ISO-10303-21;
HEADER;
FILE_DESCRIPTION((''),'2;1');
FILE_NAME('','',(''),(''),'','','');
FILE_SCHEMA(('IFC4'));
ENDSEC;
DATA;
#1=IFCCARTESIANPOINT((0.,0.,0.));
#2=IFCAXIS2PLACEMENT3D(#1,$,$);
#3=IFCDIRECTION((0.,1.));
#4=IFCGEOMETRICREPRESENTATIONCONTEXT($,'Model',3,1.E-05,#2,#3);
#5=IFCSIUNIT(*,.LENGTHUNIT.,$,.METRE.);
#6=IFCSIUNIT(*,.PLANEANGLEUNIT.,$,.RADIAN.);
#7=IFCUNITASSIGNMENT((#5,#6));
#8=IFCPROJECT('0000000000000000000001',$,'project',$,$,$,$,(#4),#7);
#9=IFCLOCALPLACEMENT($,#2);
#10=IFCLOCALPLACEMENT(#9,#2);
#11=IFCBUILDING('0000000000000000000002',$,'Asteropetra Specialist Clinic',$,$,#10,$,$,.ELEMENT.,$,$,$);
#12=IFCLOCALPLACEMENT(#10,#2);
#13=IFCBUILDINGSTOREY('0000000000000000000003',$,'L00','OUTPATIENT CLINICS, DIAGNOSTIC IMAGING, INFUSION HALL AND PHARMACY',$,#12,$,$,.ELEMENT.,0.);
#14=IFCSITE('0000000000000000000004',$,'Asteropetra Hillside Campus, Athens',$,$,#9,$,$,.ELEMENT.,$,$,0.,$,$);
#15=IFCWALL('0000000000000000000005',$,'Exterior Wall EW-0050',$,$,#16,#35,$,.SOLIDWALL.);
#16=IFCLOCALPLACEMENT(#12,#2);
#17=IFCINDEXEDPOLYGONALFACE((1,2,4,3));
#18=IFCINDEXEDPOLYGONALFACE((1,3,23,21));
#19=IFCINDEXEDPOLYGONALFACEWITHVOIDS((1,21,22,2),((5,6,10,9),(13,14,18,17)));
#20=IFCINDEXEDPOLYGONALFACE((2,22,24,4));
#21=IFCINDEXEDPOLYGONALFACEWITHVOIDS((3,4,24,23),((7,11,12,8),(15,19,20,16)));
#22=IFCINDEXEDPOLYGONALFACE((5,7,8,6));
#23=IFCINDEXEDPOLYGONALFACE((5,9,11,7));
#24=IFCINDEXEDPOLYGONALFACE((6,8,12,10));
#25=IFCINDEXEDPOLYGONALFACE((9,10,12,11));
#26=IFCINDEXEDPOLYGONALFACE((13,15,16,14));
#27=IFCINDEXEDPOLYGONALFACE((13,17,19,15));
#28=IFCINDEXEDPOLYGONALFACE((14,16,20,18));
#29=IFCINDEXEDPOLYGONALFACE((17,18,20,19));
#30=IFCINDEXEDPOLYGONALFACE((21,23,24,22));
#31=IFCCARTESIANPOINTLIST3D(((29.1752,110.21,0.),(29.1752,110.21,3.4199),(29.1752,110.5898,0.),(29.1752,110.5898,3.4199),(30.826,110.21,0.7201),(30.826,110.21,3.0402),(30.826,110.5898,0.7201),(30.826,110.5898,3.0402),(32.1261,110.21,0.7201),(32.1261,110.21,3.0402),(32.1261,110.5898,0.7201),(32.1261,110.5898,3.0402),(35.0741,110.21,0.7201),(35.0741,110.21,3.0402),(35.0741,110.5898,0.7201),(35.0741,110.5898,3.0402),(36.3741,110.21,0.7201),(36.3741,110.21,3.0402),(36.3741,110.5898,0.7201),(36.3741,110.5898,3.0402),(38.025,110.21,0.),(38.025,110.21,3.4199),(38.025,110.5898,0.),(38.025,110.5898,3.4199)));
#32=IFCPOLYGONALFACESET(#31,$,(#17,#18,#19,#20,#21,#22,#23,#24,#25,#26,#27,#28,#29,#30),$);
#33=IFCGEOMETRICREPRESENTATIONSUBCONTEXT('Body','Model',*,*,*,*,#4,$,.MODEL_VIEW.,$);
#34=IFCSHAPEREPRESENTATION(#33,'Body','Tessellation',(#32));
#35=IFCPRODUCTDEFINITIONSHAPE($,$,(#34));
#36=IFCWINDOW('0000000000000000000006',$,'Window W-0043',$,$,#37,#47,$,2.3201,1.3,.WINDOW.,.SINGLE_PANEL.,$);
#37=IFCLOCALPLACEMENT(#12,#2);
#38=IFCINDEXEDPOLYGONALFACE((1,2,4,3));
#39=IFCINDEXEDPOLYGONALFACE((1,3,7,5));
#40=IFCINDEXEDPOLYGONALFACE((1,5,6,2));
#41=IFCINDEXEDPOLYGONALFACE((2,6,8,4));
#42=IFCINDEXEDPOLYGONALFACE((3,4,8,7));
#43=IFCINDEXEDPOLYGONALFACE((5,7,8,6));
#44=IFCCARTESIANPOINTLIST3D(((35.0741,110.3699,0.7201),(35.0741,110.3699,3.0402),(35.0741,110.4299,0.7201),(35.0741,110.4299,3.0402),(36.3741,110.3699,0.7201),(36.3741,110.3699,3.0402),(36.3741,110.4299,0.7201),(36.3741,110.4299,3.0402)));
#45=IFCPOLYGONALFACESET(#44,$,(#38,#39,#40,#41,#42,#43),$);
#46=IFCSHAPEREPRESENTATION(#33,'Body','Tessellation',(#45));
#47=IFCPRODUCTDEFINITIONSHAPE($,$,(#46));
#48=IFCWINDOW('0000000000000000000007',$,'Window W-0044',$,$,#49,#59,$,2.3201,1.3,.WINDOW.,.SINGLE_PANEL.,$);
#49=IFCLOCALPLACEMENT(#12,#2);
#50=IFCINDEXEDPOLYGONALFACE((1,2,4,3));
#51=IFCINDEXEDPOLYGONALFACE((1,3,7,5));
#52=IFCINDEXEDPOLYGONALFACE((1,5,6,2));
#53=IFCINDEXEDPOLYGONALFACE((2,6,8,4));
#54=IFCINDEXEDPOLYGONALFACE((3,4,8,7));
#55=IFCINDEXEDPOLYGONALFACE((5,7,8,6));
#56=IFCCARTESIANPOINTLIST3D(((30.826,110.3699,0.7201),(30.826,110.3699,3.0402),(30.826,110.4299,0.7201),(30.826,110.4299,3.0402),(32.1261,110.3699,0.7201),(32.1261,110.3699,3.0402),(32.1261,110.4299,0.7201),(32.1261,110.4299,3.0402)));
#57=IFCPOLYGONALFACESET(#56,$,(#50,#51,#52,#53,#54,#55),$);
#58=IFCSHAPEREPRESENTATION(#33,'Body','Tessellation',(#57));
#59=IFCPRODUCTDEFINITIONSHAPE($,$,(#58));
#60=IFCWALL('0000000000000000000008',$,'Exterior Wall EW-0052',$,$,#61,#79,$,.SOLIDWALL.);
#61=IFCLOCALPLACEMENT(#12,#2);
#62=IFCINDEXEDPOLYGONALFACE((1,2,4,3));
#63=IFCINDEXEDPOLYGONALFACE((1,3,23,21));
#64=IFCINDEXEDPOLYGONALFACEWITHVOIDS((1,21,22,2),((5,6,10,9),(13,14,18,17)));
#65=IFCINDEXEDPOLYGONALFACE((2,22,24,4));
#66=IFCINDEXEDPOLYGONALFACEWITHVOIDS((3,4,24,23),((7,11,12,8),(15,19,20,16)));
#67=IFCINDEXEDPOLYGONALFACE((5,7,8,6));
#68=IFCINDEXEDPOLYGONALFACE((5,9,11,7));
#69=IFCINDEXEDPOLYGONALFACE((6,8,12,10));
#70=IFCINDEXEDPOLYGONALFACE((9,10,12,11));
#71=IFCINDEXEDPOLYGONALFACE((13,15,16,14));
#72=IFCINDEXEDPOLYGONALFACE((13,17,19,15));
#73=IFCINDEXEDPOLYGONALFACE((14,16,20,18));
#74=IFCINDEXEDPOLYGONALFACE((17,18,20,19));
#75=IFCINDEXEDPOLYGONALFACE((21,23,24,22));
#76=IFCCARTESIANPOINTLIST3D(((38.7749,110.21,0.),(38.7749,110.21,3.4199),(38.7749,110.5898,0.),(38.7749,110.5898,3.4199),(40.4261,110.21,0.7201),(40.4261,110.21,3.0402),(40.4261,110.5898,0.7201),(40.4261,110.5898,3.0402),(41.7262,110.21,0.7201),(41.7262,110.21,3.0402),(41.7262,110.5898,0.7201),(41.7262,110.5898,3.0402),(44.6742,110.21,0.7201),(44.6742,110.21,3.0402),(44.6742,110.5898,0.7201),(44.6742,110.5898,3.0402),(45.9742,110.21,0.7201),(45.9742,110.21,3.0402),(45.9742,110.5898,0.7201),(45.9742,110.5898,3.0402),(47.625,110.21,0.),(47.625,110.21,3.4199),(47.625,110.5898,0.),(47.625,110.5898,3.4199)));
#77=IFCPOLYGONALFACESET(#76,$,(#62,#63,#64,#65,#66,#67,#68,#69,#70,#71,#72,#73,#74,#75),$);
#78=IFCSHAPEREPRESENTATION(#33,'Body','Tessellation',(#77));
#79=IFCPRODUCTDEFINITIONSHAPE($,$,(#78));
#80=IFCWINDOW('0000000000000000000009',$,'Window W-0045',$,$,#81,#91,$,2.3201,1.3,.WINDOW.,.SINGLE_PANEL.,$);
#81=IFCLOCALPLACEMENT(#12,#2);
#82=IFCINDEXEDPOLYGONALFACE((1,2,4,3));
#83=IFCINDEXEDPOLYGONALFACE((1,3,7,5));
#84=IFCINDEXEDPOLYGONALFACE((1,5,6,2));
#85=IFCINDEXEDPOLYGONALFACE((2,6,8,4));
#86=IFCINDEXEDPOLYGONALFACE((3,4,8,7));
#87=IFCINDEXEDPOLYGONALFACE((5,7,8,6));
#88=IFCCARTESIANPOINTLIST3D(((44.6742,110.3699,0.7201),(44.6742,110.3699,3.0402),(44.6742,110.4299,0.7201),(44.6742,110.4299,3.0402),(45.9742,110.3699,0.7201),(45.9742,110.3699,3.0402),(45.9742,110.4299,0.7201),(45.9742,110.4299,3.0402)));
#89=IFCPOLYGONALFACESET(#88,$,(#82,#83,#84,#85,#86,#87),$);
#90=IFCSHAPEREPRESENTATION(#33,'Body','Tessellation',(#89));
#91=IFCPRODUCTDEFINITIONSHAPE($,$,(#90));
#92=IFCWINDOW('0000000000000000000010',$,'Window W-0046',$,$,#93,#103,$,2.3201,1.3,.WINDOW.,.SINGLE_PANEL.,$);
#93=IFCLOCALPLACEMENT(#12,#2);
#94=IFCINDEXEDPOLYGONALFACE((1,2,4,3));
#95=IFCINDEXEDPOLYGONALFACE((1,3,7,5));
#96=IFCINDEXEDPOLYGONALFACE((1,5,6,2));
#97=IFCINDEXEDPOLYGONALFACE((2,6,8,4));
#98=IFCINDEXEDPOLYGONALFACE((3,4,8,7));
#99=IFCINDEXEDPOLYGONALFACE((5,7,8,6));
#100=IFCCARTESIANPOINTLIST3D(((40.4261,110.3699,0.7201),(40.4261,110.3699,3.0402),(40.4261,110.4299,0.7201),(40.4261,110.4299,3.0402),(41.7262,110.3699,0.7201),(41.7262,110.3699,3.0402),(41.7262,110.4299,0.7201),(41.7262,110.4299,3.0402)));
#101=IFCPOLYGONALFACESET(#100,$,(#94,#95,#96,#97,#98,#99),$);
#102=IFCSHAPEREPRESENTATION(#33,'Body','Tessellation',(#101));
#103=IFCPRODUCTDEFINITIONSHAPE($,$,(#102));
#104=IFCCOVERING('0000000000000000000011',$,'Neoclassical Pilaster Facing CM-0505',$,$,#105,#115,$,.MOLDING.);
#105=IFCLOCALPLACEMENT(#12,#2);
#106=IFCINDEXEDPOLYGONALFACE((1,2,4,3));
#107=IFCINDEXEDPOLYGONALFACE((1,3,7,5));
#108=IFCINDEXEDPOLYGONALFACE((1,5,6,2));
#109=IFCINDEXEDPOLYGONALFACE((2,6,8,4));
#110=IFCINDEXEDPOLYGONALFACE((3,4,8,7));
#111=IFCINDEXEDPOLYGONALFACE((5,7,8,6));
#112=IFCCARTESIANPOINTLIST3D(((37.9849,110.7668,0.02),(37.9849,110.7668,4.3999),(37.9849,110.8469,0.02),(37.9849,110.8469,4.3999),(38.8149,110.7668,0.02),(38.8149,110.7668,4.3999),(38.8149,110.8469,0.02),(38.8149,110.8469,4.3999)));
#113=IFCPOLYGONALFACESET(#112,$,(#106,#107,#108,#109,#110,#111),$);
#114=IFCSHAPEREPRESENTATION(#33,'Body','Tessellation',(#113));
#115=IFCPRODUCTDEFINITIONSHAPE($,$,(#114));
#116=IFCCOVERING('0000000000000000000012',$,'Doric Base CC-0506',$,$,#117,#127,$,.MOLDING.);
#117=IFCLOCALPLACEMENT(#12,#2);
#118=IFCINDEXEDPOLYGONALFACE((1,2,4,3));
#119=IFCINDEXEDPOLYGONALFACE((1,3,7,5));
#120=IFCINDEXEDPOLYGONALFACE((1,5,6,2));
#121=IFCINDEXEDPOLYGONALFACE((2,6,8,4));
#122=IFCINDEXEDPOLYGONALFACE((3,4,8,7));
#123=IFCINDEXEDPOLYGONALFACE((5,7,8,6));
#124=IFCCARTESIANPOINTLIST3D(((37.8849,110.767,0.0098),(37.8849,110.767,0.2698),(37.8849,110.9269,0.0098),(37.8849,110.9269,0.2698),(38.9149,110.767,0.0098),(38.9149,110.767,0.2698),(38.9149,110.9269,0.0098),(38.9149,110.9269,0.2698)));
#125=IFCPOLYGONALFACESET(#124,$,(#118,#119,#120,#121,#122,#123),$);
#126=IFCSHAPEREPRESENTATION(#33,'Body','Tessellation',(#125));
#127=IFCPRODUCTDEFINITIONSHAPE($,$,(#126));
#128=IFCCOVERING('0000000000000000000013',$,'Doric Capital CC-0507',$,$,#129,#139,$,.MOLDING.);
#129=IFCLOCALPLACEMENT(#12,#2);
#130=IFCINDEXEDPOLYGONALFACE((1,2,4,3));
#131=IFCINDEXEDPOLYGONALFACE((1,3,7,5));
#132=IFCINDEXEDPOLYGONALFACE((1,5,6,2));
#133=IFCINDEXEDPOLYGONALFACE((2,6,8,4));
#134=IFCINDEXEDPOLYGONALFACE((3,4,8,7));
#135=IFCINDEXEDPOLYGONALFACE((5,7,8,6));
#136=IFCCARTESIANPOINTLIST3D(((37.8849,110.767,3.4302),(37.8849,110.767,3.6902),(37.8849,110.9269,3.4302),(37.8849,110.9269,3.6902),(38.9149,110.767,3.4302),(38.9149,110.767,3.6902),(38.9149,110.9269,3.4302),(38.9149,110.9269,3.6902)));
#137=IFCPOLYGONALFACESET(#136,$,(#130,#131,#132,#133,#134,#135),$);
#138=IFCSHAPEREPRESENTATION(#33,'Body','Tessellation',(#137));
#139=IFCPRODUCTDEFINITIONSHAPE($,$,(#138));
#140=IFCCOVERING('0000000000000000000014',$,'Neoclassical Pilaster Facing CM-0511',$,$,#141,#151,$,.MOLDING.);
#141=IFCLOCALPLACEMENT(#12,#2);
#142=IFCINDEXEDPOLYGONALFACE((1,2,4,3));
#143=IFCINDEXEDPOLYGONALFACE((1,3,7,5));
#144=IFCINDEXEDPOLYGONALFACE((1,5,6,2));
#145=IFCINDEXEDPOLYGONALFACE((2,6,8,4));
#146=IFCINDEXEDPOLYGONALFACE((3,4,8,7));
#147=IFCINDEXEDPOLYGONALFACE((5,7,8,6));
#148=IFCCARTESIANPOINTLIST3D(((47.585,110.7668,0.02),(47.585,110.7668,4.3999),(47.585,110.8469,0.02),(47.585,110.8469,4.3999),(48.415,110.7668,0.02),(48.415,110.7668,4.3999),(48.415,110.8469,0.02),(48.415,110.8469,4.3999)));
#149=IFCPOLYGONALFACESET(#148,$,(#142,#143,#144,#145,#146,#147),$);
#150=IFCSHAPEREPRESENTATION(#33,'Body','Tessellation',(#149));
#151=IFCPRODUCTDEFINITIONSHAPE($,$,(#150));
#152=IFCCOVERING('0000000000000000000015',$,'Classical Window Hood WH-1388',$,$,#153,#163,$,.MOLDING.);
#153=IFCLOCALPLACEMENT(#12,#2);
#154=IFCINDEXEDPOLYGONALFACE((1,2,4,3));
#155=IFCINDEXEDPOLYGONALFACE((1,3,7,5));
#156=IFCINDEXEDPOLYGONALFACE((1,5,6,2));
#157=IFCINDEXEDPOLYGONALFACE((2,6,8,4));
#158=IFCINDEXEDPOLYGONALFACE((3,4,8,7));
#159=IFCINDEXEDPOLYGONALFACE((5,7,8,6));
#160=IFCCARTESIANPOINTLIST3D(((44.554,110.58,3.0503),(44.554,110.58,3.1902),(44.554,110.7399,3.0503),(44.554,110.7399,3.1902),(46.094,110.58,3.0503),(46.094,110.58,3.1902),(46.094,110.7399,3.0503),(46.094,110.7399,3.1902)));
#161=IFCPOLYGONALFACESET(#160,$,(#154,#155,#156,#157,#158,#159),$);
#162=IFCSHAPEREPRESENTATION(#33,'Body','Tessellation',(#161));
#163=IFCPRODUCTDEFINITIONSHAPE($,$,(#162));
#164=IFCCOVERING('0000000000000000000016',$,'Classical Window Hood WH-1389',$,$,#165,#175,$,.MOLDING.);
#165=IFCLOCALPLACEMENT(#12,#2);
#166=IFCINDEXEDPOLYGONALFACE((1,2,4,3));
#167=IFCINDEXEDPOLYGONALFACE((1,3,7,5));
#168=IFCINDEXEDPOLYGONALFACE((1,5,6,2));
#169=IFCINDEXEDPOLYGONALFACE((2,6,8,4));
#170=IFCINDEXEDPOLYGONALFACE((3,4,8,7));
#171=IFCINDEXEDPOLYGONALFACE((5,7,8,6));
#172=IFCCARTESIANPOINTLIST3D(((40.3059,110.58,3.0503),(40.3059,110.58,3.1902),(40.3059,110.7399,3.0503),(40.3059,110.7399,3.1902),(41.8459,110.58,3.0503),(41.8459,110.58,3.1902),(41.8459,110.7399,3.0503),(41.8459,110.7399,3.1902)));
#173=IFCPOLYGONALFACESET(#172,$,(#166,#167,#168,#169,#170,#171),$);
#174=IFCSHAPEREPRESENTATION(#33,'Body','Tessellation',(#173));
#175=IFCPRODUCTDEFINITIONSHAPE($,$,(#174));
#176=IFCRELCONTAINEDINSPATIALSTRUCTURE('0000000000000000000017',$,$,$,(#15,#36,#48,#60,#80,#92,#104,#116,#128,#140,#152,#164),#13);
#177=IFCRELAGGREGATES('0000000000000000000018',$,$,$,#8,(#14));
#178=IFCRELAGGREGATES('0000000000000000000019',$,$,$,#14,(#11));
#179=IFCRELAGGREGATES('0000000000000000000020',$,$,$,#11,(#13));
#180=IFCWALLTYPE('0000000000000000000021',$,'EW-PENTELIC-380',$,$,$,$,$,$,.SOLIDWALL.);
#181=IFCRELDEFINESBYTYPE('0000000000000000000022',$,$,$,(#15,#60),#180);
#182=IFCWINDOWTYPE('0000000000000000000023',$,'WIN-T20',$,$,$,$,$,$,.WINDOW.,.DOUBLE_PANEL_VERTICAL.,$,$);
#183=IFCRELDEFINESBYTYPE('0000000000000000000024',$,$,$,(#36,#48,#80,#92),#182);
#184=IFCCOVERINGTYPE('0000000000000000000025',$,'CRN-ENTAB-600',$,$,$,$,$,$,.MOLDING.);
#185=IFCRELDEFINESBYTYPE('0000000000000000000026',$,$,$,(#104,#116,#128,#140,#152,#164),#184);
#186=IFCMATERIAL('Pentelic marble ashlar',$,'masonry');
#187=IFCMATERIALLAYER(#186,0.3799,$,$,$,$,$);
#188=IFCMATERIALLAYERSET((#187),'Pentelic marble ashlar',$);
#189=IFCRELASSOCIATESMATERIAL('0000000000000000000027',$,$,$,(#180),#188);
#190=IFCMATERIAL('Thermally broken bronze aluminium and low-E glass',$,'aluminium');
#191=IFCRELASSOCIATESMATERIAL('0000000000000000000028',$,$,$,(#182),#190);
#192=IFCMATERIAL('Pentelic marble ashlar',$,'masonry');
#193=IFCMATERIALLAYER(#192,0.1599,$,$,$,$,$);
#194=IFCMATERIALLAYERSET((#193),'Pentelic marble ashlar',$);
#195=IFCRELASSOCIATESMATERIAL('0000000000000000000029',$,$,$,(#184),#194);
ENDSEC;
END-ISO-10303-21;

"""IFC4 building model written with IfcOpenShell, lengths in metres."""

from ifc_helpers import new_model, si_unit, direction, frame, frame_2d, origin, origin_2d, place, context, subcontext, project, spatial, rectangle, extrude, material, layer, layer_set, type_object, element, fill, save


model = new_model("IFC4")

# Units and contexts
model_context = context("Model", 3, precision=1e-05, world=origin(), true_north=direction((0.0, 1.0)))
body_context = subcontext(model_context, "Body", "Model", "MODEL_VIEW")
ifc_project = project(units=[si_unit("LENGTHUNIT", "METRE"), si_unit("PLANEANGLEUNIT", "RADIAN")], contexts=[model_context])

# Site, building, storey
site_placement = place(None, origin())
site = spatial("IfcSite", under=ifc_project, at=site_placement, Name="Asteropetra Hillside Campus, Athens", CompositionType="ELEMENT", RefElevation=0.0)
building_placement = place(site_placement, origin())
building = spatial("IfcBuilding", under=site, at=building_placement, Name="Asteropetra Specialist Clinic", CompositionType="ELEMENT")
storey_placement = place(building_placement, origin())
storey = spatial("IfcBuildingStorey", under=building, at=storey_placement, Name="L00", Description="OUTPATIENT CLINICS, DIAGNOSTIC IMAGING, INFUSION HALL AND PHARMACY", CompositionType="ELEMENT", Elevation=0.0)

# Walls, openings, windows
ifc_material_1 = material(Name="Pentelic marble ashlar", Category="masonry")
ifc_layer_1 = layer(ifc_material_1, 0.3799)
ifc_layer_set_1 = layer_set([ifc_layer_1], Name="Pentelic marble ashlar")
wall_type = type_object("IfcWallType", Name="EW-PENTELIC-380", PredefinedType="SOLIDWALL", material=ifc_layer_set_1)
wall_1_placement = place(storey_placement, frame((38.0249, 110.3999, 0.0), z_axis=(0.0, 0.0, 1.0), x_axis=(-1.0, 0.0, 0.0)))
wall_1 = element("IfcWall", 1, at=wall_1_placement, inside=storey, type_object=wall_type, Name="Exterior Wall EW-0050", PredefinedType="SOLIDWALL", context=body_context, shape_type="SweptSolid", body=[
    extrude(rectangle(XDim=8.8499, YDim=0.3799, at=frame_2d((4.4248, 0.0))), origin(), (0.0, 0.0, 1.0), 3.4199),
])
opening_1_placement = place(wall_1_placement, frame((1.6509, 0.0, 0.72)))
opening_1 = element("IfcOpeningElement", 2, at=opening_1_placement, cuts=wall_1, PredefinedType="OPENING", context=body_context, shape_type="SweptSolid", body=[
    extrude(rectangle(XDim=1.3, YDim=2.3201, at=frame_2d((0.6499, 1.1602))), frame((0.0, 0.2, 0.0), z_axis=(0.0, -1.0, 0.0), x_axis=(1.0, 0.0, 0.0)), (0.0, 0.0, 1.0), 0.3999),
])
opening_2_placement = place(wall_1_placement, frame((5.8989, 0.0, 0.72)))
opening_2 = element("IfcOpeningElement", 3, at=opening_2_placement, cuts=wall_1, PredefinedType="OPENING", context=body_context, shape_type="SweptSolid", body=[
    extrude(rectangle(XDim=1.3, YDim=2.3201, at=frame_2d((0.6499, 1.1602))), frame((0.0, 0.2, 0.0), z_axis=(0.0, -1.0, 0.0), x_axis=(1.0, 0.0, 0.0)), (0.0, 0.0, 1.0), 0.3999),
])
ifc_material_2 = material(Name="Thermally broken bronze aluminium and low-E glass", Category="aluminium")
window_type = type_object("IfcWindowType", Name="WIN-T20", PartitioningType="DOUBLE_PANEL_VERTICAL", PredefinedType="WINDOW", material=ifc_material_2)
window_1_placement = place(opening_1_placement, origin())
window_1 = element("IfcWindow", 4, at=window_1_placement, inside=storey, type_object=window_type, Name="Window W-0043", OverallHeight=2.3201, OverallWidth=1.3, PartitioningType="SINGLE_PANEL", PredefinedType="WINDOW", context=body_context, shape_type="SweptSolid", body=[
    extrude(rectangle(XDim=1.3, YDim=2.3201, at=frame_2d((0.6499, 1.1602))), frame((0.0, 0.03, 0.0), z_axis=(0.0, -1.0, 0.0), x_axis=(1.0, 0.0, 0.0)), (0.0, 0.0, 1.0), 0.0601),
])
fill(opening_1, window_1)
window_2_placement = place(opening_2_placement, origin())
window_2 = element("IfcWindow", 5, at=window_2_placement, inside=storey, type_object=window_type, Name="Window W-0044", OverallHeight=2.3201, OverallWidth=1.3, PartitioningType="SINGLE_PANEL", PredefinedType="WINDOW", context=body_context, shape_type="SweptSolid", body=[
    extrude(rectangle(XDim=1.3, YDim=2.3201, at=frame_2d((0.6499, 1.1602))), frame((0.0, 0.03, 0.0), z_axis=(0.0, -1.0, 0.0), x_axis=(1.0, 0.0, 0.0)), (0.0, 0.0, 1.0), 0.0601),
])
fill(opening_2, window_2)
wall_2_placement = place(storey_placement, frame((47.625, 110.3999, 0.0), z_axis=(0.0, 0.0, 1.0), x_axis=(-1.0, 0.0, 0.0)))
wall_2 = element("IfcWall", 6, at=wall_2_placement, inside=storey, type_object=wall_type, Name="Exterior Wall EW-0052", PredefinedType="SOLIDWALL", context=body_context, shape_type="SweptSolid", body=[
    extrude(rectangle(XDim=8.8501, YDim=0.3799, at=frame_2d((4.425, 0.0))), origin(), (0.0, 0.0, 1.0), 3.4199),
])
opening_3_placement = place(wall_2_placement, frame((1.6509, 0.0, 0.72)))
opening_3 = element("IfcOpeningElement", 7, at=opening_3_placement, cuts=wall_2, PredefinedType="OPENING", context=body_context, shape_type="SweptSolid", body=[
    extrude(rectangle(XDim=1.3, YDim=2.3201, at=frame_2d((0.6499, 1.1602))), frame((0.0, 0.2, 0.0), z_axis=(0.0, -1.0, 0.0), x_axis=(1.0, 0.0, 0.0)), (0.0, 0.0, 1.0), 0.3999),
])
opening_4_placement = place(wall_2_placement, frame((5.8989, 0.0, 0.72)))
opening_4 = element("IfcOpeningElement", 8, at=opening_4_placement, cuts=wall_2, PredefinedType="OPENING", context=body_context, shape_type="SweptSolid", body=[
    extrude(rectangle(XDim=1.3, YDim=2.3201, at=frame_2d((0.6499, 1.1602))), frame((0.0, 0.2, 0.0), z_axis=(0.0, -1.0, 0.0), x_axis=(1.0, 0.0, 0.0)), (0.0, 0.0, 1.0), 0.3999),
])
window_3_placement = place(opening_3_placement, origin())
window_3 = element("IfcWindow", 9, at=window_3_placement, inside=storey, type_object=window_type, Name="Window W-0045", OverallHeight=2.3201, OverallWidth=1.3, PartitioningType="SINGLE_PANEL", PredefinedType="WINDOW", context=body_context, shape_type="SweptSolid", body=[
    extrude(rectangle(XDim=1.3, YDim=2.3201, at=frame_2d((0.6499, 1.1602))), frame((0.0, 0.03, 0.0), z_axis=(0.0, -1.0, 0.0), x_axis=(1.0, 0.0, 0.0)), (0.0, 0.0, 1.0), 0.0601),
])
fill(opening_3, window_3)
window_4_placement = place(opening_4_placement, origin())
window_4 = element("IfcWindow", 10, at=window_4_placement, inside=storey, type_object=window_type, Name="Window W-0046", OverallHeight=2.3201, OverallWidth=1.3, PartitioningType="SINGLE_PANEL", PredefinedType="WINDOW", context=body_context, shape_type="SweptSolid", body=[
    extrude(rectangle(XDim=1.3, YDim=2.3201, at=frame_2d((0.6499, 1.1602))), frame((0.0, 0.03, 0.0), z_axis=(0.0, -1.0, 0.0), x_axis=(1.0, 0.0, 0.0)), (0.0, 0.0, 1.0), 0.0601),
])
fill(opening_4, window_4)

# Coverings
ifc_material_3 = material(Name="Pentelic marble ashlar", Category="masonry")
ifc_layer_2 = layer(ifc_material_3, 0.1599)
ifc_layer_set_2 = layer_set([ifc_layer_2], Name="Pentelic marble ashlar")
covering_type = type_object("IfcCoveringType", Name="CRN-ENTAB-600", PredefinedType="MOLDING", material=ifc_layer_set_2)
covering_1_placement = place(storey_placement, frame((38.3999, 110.8069, 0.02), z_axis=(0.0, 0.0, 1.0), x_axis=(1.0, 0.0, 0.0)))
element("IfcCovering", 11, at=covering_1_placement, inside=storey, type_object=covering_type, Name="Neoclassical Pilaster Facing CM-0505", PredefinedType="MOLDING", context=body_context, shape_type="SweptSolid", body=[
    extrude(rectangle(XDim=0.8301, YDim=0.0801, at=origin_2d()), origin(), (0.0, 0.0, 1.0), 4.3799),
])
for number, where, z_axis, x_axis, name in (
    (12, (38.3999, 110.8469, 0.0098), (0.0, 0.0, 1.0), (1.0, 0.0, 0.0), "Doric Base CC-0506"),
    (13, (38.3999, 110.8469, 3.4302), (0.0, 0.0, 1.0), (1.0, 0.0, 0.0), "Doric Capital CC-0507"),
):
    element("IfcCovering", number, at=place(storey_placement, frame(where, z_axis=z_axis, x_axis=x_axis)), inside=storey, type_object=covering_type, Name=name, PredefinedType="MOLDING", context=body_context, shape_type="SweptSolid", body=[
        extrude(rectangle(XDim=1.03, YDim=0.1599, at=origin_2d()), origin(), (0.0, 0.0, 1.0), 0.26),
    ])
covering_2_placement = place(storey_placement, frame((48.0, 110.8069, 0.02), z_axis=(0.0, 0.0, 1.0), x_axis=(1.0, 0.0, 0.0)))
element("IfcCovering", 14, at=covering_2_placement, inside=storey, type_object=covering_type, Name="Neoclassical Pilaster Facing CM-0511", PredefinedType="MOLDING", context=body_context, shape_type="SweptSolid", body=[
    extrude(rectangle(XDim=0.8301, YDim=0.0801, at=origin_2d()), origin(), (0.0, 0.0, 1.0), 4.3799),
])
for number, where, z_axis, x_axis, name in (
    (15, (45.324, 110.6599, 3.0503), (0.0, 0.0, 1.0), (1.0, 0.0, 0.0), "Classical Window Hood WH-1388"),
    (16, (41.0759, 110.6599, 3.0503), (0.0, 0.0, 1.0), (1.0, 0.0, 0.0), "Classical Window Hood WH-1389"),
):
    element("IfcCovering", number, at=place(storey_placement, frame(where, z_axis=z_axis, x_axis=x_axis)), inside=storey, type_object=covering_type, Name=name, PredefinedType="MOLDING", context=body_context, shape_type="SweptSolid", body=[
        extrude(rectangle(XDim=1.54, YDim=0.1599, at=origin_2d()), origin(), (0.0, 0.0, 1.0), 0.1399),
    ])

save(model, "model.ifc")
